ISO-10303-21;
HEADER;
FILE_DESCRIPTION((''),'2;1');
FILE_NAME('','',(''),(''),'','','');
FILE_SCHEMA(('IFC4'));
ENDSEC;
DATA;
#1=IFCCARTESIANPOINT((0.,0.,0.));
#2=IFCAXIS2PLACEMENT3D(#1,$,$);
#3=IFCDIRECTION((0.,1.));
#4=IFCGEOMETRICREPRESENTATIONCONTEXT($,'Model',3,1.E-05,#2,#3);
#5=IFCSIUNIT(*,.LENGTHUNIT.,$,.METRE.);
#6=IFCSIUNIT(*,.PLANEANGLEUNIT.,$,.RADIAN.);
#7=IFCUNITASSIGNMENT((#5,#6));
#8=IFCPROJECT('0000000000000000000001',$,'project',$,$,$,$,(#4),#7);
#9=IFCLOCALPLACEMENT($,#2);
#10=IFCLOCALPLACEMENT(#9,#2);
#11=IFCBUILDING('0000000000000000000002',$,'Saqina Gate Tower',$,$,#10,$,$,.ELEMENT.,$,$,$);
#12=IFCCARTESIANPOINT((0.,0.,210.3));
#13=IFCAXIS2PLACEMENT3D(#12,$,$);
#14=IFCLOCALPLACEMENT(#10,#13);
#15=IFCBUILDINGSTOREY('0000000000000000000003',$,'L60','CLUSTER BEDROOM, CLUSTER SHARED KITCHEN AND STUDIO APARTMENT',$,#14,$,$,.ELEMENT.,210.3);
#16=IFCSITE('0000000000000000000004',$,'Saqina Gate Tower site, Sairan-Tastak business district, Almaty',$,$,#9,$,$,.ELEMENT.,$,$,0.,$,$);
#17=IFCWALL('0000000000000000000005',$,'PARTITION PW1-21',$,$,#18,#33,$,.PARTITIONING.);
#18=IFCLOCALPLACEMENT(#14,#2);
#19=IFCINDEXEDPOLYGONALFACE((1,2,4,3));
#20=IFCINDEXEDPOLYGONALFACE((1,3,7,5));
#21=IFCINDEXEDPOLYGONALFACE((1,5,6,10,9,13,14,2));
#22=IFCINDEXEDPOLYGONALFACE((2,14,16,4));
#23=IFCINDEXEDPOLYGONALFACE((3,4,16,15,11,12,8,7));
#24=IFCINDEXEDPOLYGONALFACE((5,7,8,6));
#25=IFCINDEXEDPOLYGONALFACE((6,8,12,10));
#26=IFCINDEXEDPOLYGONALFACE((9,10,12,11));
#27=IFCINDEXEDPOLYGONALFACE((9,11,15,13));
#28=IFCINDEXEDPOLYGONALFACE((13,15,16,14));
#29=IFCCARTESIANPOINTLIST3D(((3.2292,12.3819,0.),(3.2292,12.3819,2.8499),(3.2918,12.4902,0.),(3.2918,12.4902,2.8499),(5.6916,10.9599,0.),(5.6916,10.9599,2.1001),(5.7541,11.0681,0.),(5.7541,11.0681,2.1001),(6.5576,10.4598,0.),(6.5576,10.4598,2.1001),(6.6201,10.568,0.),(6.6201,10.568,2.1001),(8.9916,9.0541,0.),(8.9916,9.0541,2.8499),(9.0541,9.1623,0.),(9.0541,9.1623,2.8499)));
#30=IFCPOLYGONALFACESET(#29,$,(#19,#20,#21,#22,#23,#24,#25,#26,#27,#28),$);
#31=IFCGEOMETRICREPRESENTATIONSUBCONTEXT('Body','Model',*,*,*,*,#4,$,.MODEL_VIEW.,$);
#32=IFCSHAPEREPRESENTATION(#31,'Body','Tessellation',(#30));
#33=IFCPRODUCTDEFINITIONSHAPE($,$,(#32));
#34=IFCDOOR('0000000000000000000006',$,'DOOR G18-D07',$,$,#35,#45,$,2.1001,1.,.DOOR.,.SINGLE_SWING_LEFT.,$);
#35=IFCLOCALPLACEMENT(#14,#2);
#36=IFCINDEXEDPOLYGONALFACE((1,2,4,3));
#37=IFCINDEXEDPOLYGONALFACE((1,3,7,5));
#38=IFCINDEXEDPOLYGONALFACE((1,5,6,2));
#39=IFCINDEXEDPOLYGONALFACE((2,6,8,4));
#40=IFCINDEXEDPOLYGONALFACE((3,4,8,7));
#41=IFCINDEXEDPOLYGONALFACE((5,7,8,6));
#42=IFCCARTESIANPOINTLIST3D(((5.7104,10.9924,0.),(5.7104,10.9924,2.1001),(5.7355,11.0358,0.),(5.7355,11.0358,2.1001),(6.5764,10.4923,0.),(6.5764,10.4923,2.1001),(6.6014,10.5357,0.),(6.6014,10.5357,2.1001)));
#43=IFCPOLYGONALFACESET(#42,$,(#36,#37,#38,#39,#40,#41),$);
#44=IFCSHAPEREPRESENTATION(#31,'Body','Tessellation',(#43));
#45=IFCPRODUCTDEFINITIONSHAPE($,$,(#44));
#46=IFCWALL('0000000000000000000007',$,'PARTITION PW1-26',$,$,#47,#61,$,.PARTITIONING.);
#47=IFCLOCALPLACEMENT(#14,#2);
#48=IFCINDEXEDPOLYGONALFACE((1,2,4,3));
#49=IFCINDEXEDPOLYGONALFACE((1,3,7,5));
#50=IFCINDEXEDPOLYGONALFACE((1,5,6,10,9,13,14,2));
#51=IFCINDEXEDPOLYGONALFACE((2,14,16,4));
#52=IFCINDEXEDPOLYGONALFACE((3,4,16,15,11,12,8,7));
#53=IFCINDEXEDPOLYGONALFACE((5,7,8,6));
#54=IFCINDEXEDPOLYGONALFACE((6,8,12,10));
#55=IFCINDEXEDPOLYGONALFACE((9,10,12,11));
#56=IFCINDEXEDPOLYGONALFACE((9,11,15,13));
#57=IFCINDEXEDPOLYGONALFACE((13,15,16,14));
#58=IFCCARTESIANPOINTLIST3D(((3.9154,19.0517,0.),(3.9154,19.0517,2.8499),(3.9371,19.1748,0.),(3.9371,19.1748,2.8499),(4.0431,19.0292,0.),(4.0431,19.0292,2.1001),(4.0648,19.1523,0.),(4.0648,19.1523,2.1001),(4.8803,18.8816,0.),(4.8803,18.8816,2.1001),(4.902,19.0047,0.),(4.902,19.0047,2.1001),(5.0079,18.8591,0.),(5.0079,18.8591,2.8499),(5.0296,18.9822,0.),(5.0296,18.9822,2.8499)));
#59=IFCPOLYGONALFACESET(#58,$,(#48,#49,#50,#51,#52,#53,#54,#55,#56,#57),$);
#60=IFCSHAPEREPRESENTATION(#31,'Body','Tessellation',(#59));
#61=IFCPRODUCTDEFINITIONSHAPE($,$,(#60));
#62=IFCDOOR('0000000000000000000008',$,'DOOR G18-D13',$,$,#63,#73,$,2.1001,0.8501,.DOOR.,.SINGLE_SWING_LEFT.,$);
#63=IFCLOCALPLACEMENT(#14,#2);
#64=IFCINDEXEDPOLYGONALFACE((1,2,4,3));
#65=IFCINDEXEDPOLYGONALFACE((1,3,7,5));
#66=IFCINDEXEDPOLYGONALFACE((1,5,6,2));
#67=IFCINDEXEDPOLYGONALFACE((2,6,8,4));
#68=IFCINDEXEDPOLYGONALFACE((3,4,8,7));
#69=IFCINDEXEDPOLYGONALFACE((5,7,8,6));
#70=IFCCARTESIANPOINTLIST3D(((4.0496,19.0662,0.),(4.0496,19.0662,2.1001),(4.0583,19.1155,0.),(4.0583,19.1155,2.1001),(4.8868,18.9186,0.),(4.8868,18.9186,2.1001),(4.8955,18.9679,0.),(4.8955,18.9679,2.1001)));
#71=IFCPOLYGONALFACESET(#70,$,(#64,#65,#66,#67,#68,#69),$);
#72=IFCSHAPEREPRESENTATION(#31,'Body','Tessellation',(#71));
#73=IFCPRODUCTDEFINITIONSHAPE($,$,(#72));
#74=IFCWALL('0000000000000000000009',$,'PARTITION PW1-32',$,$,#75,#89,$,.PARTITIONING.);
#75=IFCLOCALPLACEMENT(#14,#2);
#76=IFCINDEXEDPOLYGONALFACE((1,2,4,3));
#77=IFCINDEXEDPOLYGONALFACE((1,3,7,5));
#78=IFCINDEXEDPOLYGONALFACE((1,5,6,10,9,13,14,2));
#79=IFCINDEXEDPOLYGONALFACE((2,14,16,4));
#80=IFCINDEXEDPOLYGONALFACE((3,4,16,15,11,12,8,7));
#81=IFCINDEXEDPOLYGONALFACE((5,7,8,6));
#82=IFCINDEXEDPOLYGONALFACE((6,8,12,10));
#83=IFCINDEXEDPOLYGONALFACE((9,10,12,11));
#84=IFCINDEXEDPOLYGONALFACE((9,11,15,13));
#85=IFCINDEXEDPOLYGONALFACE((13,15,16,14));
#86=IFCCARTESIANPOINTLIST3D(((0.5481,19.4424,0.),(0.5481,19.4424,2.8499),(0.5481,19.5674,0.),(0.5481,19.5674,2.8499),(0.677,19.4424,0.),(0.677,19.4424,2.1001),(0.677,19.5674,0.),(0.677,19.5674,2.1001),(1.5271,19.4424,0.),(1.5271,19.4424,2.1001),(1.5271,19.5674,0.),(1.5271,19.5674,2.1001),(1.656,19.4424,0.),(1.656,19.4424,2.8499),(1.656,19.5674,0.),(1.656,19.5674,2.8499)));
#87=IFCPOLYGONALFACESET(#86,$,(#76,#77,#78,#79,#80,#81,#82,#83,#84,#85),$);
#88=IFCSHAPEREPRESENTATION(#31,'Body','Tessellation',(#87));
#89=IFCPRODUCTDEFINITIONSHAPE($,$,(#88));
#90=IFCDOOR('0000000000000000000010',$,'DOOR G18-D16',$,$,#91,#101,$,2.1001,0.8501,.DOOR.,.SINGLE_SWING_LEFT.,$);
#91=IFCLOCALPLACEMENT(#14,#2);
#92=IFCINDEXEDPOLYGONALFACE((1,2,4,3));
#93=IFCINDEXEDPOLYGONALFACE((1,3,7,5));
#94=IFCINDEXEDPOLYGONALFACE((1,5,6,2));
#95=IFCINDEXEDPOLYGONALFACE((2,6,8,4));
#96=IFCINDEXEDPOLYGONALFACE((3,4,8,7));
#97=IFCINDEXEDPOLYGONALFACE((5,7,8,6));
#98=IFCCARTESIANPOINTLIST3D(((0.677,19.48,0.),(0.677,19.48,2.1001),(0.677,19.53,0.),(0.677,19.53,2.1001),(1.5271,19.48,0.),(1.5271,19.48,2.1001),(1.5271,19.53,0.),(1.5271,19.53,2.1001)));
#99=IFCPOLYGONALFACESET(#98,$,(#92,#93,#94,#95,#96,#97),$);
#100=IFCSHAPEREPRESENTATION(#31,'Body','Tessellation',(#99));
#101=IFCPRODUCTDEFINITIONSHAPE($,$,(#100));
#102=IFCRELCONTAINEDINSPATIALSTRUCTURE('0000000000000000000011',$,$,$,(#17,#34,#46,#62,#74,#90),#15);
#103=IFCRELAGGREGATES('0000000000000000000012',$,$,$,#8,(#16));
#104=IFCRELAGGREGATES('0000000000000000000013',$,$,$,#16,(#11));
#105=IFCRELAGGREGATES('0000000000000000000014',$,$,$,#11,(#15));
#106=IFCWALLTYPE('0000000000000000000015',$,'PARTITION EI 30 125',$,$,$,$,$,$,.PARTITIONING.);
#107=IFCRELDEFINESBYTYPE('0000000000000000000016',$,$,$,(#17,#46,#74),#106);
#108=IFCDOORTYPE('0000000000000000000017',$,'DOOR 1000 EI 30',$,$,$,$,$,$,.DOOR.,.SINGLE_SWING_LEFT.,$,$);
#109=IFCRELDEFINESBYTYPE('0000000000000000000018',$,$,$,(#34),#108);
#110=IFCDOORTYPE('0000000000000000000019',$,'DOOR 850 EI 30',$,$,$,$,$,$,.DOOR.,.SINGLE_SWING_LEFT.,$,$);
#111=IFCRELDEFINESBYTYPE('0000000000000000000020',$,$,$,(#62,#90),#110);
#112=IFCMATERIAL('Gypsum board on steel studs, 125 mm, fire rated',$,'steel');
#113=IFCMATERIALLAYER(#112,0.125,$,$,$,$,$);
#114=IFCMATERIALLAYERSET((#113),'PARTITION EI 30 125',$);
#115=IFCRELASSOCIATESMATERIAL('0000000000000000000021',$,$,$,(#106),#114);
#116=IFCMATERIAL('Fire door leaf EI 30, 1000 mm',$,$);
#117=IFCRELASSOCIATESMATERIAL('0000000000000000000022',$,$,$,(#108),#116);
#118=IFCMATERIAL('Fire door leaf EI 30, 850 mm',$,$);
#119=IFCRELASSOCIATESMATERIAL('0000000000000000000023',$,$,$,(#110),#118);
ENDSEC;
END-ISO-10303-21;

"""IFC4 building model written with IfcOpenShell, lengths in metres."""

from ifc_helpers import new_model, si_unit, direction, frame, frame_2d, origin, place, context, subcontext, project, spatial, rectangle, extrude, material, layer, layer_set, type_object, element, fill, save


model = new_model("IFC4")

# Units and contexts
model_context = context("Model", 3, precision=1e-05, world=origin(), true_north=direction((0.0, 1.0)))
body_context = subcontext(model_context, "Body", "Model", "MODEL_VIEW")
ifc_project = project(units=[si_unit("LENGTHUNIT", "METRE"), si_unit("PLANEANGLEUNIT", "RADIAN")], contexts=[model_context])

# Site, building, storey
site_placement = place(None, origin())
site = spatial("IfcSite", under=ifc_project, at=site_placement, Name="Saqina Gate Tower site, Sairan-Tastak business district, Almaty", CompositionType="ELEMENT", RefElevation=0.0)
building_placement = place(site_placement, origin())
building = spatial("IfcBuilding", under=site, at=building_placement, Name="Saqina Gate Tower", CompositionType="ELEMENT")
storey_placement = place(building_placement, frame((0.0, 0.0, 210.3)))
storey = spatial("IfcBuildingStorey", under=building, at=storey_placement, Name="L60", Description="CLUSTER BEDROOM, CLUSTER SHARED KITCHEN AND STUDIO APARTMENT", CompositionType="ELEMENT", Elevation=210.3)

# Shared definitions
ifc_material_1 = material(Name="Gypsum board on steel studs, 125 mm, fire rated", Category="steel")
ifc_layer_1 = layer(ifc_material_1, 0.125)
ifc_layer_set_1 = layer_set([ifc_layer_1], Name="PARTITION EI 30 125")
wall_type_1 = type_object("IfcWallType", Name="PARTITION EI 30 125", PredefinedType="PARTITIONING", material=ifc_layer_set_1)

# Walls, openings, doors
wall_1_placement = place(storey_placement, frame((3.2605, 12.436, 0.0), z_axis=(0.0, 0.0, 1.0), x_axis=(0.865965, -0.500105, 0.0)))
wall_1 = element("IfcWall", 1, at=wall_1_placement, inside=storey, type_object=wall_type_1, Name="PARTITION PW1-21", PredefinedType="PARTITIONING", context=body_context, shape_type="SweptSolid", body=[
    extrude(rectangle(XDim=6.6543, YDim=0.125, at=frame_2d((3.3271, 0.0))), origin(), (0.0, 0.0, 1.0), 2.8499),
])
opening_1_placement = place(wall_1_placement, frame((2.8435, 0.0, 0.0)))
opening_1 = element("IfcOpeningElement", 2, at=opening_1_placement, cuts=wall_1, PredefinedType="OPENING", context=body_context, shape_type="SweptSolid", body=[
    extrude(rectangle(XDim=1.0, YDim=2.1001, at=frame_2d((0.5, 1.05))), frame((0.0, 0.0745, 0.0), z_axis=(0.0, -1.0, 0.0), x_axis=(1.0, 0.0, 0.0)), (0.0, 0.0, 1.0), 0.1489),
])
ifc_material_2 = material(Name="Fire door leaf EI 30, 1000 mm")
door_type_1 = type_object("IfcDoorType", Name="DOOR 1000 EI 30", OperationType="SINGLE_SWING_LEFT", PredefinedType="DOOR", material=ifc_material_2)
door_1_placement = place(opening_1_placement, frame((1.0, 0.0, 0.0), z_axis=(0.0, 0.0, 1.0), x_axis=(-1.0, 0.0, 0.0)))
door_1 = element("IfcDoor", 3, at=door_1_placement, inside=storey, type_object=door_type_1, Name="DOOR G18-D07", OperationType="SINGLE_SWING_LEFT", OverallHeight=2.1001, OverallWidth=1.0, PredefinedType="DOOR", context=body_context, shape_type="SweptSolid", body=[
    extrude(rectangle(XDim=1.0, YDim=2.1001, at=frame_2d((0.5, 1.05))), frame((0.0, 0.0249, 0.0), z_axis=(0.0, -1.0, 0.0), x_axis=(1.0, 0.0, 0.0)), (0.0, 0.0, 1.0), 0.05),
])
fill(opening_1, door_1)
wall_2_placement = place(storey_placement, frame((3.9263, 19.1133, 0.0), z_axis=(0.0, 0.0, 1.0), x_axis=(0.98481, -0.173635, 0.0)))
wall_2 = element("IfcWall", 4, at=wall_2_placement, inside=storey, type_object=wall_type_1, Name="PARTITION PW1-26", PredefinedType="PARTITIONING", context=body_context, shape_type="SweptSolid", body=[
    extrude(rectangle(XDim=1.1094, YDim=0.125, at=frame_2d((0.5547, 0.0))), origin(), (0.0, 0.0, 1.0), 2.8499),
])
opening_2_placement = place(wall_2_placement, frame((0.1296, 0.0, 0.0)))
opening_2 = element("IfcOpeningElement", 5, at=opening_2_placement, cuts=wall_2, PredefinedType="OPENING", context=body_context, shape_type="SweptSolid", body=[
    extrude(rectangle(XDim=0.8501, YDim=2.1001, at=frame_2d((0.425, 1.05))), frame((0.0, 0.0745, 0.0), z_axis=(0.0, -1.0, 0.0), x_axis=(1.0, 0.0, 0.0)), (0.0, 0.0, 1.0), 0.1489),
])
ifc_material_3 = material(Name="Fire door leaf EI 30, 850 mm")
door_type_2 = type_object("IfcDoorType", Name="DOOR 850 EI 30", OperationType="SINGLE_SWING_LEFT", PredefinedType="DOOR", material=ifc_material_3)
door_2_placement = place(opening_2_placement, frame((0.8501, 0.0, 0.0), z_axis=(0.0, 0.0, 1.0), x_axis=(-1.0, 0.0, 0.0)))
door_2 = element("IfcDoor", 6, at=door_2_placement, inside=storey, type_object=door_type_2, Name="DOOR G18-D13", OperationType="SINGLE_SWING_LEFT", OverallHeight=2.1001, OverallWidth=0.8501, PredefinedType="DOOR", context=body_context, shape_type="SweptSolid", body=[
    extrude(rectangle(XDim=0.8501, YDim=2.1001, at=frame_2d((0.425, 1.05))), frame((0.0, 0.0249, 0.0), z_axis=(0.0, -1.0, 0.0), x_axis=(1.0, 0.0, 0.0)), (0.0, 0.0, 1.0), 0.05),
])
fill(opening_2, door_2)
wall_3_placement = place(storey_placement, frame((0.5481, 19.5049, 0.0), z_axis=(0.0, 0.0, 1.0), x_axis=(1.0, 0.0, 0.0)))
wall_3 = element("IfcWall", 7, at=wall_3_placement, inside=storey, type_object=wall_type_1, Name="PARTITION PW1-32", PredefinedType="PARTITIONING", context=body_context, shape_type="SweptSolid", body=[
    extrude(rectangle(XDim=1.1079, YDim=0.125, at=frame_2d((0.554, 0.0))), origin(), (0.0, 0.0, 1.0), 2.8499),
])
opening_3_placement = place(wall_3_placement, frame((0.1289, 0.0, 0.0)))
opening_3 = element("IfcOpeningElement", 8, at=opening_3_placement, cuts=wall_3, PredefinedType="OPENING", context=body_context, shape_type="SweptSolid", body=[
    extrude(rectangle(XDim=0.8501, YDim=2.1001, at=frame_2d((0.425, 1.05))), frame((0.0, 0.0745, 0.0), z_axis=(0.0, -1.0, 0.0), x_axis=(1.0, 0.0, 0.0)), (0.0, 0.0, 1.0), 0.1489),
])
door_3_placement = place(opening_3_placement, frame((0.8501, 0.0, 0.0), z_axis=(0.0, 0.0, 1.0), x_axis=(-1.0, 0.0, 0.0)))
door_3 = element("IfcDoor", 9, at=door_3_placement, inside=storey, type_object=door_type_2, Name="DOOR G18-D16", OperationType="SINGLE_SWING_LEFT", OverallHeight=2.1001, OverallWidth=0.8501, PredefinedType="DOOR", context=body_context, shape_type="SweptSolid", body=[
    extrude(rectangle(XDim=0.8501, YDim=2.1001, at=frame_2d((0.425, 1.05))), frame((0.0, 0.0249, 0.0), z_axis=(0.0, -1.0, 0.0), x_axis=(1.0, 0.0, 0.0)), (0.0, 0.0, 1.0), 0.05),
])
fill(opening_3, door_3)

save(model, "model.ifc")
